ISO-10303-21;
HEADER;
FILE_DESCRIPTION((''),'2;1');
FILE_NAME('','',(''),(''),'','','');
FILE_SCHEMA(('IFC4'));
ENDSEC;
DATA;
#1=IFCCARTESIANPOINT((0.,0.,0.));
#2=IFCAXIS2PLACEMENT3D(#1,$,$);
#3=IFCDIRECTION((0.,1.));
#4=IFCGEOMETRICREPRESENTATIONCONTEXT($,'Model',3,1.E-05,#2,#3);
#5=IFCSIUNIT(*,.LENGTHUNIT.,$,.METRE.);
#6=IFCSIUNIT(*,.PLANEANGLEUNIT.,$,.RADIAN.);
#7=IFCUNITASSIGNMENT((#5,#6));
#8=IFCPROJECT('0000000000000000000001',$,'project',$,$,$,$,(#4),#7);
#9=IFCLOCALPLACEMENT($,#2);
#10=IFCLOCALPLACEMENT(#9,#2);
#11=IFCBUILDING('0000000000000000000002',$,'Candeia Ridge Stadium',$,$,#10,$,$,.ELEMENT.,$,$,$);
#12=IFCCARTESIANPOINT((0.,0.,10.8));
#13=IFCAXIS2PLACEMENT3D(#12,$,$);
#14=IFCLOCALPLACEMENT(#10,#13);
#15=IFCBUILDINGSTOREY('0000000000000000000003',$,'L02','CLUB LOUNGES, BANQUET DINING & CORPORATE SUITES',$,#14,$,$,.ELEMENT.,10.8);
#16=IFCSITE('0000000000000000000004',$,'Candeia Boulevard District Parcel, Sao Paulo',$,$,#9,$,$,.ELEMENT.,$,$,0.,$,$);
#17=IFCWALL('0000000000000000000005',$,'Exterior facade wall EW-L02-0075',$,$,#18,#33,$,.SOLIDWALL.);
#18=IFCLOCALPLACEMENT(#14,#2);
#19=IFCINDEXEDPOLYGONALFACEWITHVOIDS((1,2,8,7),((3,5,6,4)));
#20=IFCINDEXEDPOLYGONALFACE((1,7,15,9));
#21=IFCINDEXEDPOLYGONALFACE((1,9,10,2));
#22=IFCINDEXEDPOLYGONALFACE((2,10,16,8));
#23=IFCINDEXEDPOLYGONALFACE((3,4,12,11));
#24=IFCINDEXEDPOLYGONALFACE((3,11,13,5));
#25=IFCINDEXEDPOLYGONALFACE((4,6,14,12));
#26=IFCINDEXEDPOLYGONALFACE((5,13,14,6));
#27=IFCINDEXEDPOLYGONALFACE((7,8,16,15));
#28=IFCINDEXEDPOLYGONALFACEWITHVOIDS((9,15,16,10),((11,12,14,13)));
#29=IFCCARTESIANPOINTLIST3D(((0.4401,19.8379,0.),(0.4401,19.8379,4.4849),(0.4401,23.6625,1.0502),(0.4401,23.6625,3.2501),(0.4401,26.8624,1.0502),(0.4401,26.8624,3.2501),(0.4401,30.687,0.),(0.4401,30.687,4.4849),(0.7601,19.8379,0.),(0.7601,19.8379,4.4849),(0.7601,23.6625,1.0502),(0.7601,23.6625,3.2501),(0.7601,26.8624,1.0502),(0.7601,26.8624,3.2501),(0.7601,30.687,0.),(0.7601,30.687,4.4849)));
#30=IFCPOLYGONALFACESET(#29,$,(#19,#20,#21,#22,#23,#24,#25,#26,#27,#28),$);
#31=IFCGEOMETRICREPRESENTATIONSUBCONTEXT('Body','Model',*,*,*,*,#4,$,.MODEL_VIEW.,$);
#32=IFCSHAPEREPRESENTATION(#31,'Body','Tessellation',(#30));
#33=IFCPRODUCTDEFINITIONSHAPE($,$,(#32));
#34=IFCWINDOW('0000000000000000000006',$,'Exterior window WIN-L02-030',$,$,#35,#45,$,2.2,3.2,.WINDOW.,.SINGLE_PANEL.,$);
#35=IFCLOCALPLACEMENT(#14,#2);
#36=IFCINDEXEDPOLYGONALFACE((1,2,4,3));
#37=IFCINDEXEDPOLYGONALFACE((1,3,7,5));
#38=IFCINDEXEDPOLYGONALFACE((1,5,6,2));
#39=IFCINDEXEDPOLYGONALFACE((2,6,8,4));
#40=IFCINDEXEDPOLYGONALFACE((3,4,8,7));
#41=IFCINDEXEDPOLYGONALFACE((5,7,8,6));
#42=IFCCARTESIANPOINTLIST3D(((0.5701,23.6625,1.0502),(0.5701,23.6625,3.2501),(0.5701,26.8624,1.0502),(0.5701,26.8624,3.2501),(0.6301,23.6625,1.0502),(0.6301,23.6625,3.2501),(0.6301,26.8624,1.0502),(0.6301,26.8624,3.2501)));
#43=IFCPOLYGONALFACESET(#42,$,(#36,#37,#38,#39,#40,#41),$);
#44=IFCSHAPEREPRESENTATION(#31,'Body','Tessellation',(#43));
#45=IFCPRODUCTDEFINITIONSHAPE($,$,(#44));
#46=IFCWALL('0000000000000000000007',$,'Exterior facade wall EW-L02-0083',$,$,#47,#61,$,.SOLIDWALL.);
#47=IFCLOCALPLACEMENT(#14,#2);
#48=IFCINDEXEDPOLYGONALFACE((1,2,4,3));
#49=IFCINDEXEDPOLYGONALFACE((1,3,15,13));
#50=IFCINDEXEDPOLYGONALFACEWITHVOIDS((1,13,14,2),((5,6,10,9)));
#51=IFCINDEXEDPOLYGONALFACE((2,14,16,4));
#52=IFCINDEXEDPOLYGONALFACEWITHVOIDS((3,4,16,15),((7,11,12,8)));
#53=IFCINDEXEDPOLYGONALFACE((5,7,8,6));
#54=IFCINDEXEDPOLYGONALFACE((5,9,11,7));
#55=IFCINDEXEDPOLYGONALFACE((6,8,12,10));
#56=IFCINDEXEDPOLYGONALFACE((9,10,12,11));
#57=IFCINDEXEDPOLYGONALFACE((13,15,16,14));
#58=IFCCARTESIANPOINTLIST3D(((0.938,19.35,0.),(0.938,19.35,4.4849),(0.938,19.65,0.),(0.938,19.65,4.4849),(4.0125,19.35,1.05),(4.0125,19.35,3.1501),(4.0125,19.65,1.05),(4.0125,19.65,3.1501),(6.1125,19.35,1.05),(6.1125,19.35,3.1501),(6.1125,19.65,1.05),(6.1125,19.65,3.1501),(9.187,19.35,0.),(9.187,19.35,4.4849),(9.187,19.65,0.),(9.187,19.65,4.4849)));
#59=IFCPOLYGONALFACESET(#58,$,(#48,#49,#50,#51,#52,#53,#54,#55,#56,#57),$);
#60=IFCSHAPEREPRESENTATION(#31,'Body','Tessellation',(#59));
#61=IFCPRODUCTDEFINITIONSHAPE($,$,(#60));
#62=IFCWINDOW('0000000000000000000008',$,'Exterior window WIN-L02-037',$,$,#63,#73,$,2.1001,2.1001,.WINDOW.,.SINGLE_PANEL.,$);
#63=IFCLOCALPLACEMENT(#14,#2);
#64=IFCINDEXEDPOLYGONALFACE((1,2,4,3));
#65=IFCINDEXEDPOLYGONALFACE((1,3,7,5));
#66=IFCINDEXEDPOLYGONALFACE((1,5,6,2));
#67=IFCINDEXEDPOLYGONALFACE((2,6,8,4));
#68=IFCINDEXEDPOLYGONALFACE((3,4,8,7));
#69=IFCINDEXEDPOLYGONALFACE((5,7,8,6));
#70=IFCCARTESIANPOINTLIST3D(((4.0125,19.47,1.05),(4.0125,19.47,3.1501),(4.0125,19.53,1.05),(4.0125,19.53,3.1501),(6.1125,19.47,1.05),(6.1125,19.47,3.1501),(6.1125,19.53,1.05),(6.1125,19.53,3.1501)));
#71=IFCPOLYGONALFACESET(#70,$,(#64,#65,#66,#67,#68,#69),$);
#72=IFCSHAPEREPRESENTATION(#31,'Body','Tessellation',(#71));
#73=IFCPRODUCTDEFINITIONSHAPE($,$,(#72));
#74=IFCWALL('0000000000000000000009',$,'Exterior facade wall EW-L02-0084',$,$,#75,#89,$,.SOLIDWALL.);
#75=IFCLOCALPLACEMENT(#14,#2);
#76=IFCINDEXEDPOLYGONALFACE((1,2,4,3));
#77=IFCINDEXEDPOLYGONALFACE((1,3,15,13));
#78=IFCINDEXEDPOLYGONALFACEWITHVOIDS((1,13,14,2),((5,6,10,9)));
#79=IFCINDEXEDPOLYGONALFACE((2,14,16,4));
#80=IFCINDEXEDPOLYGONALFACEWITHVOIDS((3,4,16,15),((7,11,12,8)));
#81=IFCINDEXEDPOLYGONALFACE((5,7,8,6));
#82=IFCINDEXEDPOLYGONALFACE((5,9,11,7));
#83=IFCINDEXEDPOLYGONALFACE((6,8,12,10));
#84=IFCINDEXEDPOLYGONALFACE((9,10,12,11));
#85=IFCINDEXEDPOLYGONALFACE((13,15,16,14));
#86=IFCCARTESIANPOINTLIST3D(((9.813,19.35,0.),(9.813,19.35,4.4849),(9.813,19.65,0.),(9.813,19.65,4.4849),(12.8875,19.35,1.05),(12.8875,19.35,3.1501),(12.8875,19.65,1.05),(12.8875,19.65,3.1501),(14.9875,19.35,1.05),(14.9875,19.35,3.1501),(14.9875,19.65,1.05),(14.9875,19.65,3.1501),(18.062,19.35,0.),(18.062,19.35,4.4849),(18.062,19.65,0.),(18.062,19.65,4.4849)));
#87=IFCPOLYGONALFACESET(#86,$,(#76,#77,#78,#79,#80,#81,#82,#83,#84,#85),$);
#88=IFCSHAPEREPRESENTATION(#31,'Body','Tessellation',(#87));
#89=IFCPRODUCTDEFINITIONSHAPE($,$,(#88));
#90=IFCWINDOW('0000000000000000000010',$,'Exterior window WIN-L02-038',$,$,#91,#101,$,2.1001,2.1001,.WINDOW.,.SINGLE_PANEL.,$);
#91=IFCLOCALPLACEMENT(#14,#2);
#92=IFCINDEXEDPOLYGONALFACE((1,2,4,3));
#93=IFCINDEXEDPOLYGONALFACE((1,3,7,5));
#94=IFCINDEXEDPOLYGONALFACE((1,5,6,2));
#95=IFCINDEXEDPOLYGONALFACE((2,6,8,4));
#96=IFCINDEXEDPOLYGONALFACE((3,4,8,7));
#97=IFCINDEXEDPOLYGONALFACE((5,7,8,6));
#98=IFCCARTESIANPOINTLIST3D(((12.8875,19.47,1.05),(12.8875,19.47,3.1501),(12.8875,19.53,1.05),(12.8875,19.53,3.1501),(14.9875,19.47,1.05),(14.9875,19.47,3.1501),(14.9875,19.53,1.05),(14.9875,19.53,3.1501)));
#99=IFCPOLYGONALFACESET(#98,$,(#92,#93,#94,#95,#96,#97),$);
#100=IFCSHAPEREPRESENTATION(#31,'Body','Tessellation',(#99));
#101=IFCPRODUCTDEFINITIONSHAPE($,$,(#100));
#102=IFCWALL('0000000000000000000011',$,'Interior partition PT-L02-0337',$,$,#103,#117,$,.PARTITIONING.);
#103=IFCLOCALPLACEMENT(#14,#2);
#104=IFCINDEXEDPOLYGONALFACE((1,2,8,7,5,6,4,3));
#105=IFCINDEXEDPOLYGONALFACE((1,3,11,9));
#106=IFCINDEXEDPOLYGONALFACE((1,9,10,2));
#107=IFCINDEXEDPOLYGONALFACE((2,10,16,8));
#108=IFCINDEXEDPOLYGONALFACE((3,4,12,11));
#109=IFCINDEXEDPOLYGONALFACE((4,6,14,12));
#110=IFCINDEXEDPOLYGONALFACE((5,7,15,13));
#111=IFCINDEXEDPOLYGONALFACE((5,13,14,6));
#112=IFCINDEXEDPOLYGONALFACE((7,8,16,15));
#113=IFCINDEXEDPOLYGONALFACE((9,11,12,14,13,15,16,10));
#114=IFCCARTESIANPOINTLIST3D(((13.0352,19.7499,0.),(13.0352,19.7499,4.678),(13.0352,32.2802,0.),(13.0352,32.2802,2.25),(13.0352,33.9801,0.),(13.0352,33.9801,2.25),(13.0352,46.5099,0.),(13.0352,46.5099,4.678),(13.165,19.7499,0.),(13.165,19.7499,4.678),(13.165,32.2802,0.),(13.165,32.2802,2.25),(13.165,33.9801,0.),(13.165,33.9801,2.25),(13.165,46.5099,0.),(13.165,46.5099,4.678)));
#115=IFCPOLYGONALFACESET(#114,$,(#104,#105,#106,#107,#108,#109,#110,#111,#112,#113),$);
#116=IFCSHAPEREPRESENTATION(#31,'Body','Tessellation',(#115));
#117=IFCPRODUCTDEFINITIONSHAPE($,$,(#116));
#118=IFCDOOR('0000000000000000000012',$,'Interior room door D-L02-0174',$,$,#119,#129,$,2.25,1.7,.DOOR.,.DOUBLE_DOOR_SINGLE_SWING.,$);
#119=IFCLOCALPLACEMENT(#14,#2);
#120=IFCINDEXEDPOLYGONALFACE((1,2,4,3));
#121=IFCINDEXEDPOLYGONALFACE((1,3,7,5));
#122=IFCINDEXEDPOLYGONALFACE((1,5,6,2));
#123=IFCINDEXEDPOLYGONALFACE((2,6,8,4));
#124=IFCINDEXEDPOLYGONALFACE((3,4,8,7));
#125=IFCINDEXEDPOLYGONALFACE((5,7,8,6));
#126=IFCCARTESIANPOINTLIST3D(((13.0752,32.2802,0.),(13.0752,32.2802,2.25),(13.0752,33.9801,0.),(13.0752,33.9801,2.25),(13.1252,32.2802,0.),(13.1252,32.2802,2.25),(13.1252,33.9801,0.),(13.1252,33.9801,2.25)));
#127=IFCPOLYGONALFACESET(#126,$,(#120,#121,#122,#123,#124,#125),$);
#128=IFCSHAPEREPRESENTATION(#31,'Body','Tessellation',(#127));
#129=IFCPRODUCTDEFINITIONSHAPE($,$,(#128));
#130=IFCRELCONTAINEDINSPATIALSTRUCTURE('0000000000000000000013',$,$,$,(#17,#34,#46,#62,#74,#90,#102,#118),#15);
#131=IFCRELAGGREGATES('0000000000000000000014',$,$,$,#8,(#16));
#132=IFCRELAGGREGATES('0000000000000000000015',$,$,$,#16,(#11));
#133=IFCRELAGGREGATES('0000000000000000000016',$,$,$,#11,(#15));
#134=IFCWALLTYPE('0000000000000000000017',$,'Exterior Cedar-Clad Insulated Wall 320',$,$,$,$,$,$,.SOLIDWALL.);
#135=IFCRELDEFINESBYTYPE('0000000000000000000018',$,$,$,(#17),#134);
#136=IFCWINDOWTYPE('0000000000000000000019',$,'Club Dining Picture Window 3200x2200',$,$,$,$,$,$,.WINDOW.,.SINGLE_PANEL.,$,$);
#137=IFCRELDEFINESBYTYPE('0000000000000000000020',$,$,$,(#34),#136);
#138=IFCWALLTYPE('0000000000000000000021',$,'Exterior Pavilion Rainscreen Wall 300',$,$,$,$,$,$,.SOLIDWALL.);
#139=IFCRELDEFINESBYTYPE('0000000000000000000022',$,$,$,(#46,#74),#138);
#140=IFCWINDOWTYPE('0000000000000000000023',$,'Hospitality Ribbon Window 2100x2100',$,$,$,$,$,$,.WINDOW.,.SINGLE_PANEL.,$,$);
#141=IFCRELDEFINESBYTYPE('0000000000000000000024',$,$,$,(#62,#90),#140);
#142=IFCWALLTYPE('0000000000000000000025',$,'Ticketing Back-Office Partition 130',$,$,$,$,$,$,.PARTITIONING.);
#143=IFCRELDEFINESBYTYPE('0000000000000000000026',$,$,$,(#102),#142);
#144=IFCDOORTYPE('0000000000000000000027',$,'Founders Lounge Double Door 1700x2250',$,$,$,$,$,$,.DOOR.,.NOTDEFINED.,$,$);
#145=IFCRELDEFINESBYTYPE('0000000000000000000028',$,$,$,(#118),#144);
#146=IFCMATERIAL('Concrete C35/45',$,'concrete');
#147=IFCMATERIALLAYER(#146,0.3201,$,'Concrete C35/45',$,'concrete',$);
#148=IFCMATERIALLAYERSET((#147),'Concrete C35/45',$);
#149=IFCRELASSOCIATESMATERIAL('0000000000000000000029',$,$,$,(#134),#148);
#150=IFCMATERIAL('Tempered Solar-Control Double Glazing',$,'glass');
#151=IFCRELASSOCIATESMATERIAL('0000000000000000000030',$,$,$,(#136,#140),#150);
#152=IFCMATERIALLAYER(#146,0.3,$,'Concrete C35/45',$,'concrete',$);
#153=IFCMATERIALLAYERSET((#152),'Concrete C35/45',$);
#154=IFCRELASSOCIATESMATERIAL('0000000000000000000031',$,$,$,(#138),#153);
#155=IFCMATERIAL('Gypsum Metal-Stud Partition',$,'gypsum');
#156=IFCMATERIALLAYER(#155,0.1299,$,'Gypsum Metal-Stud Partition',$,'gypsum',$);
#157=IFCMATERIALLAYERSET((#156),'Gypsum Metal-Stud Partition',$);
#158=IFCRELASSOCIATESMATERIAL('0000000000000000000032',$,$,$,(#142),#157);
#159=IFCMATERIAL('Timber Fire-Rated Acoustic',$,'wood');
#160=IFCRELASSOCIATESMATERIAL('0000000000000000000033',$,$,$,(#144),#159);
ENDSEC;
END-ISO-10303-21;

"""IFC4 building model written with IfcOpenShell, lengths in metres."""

from ifc_helpers import new_model, si_unit, direction, frame, frame_2d, origin, place, context, subcontext, project, spatial, rectangle, extrude, material, layer, layer_set, type_object, element, fill, save


model = new_model("IFC4")

# Units and contexts
model_context = context("Model", 3, precision=1e-05, world=origin(), true_north=direction((0.0, 1.0)))
body_context = subcontext(model_context, "Body", "Model", "MODEL_VIEW")
ifc_project = project(units=[si_unit("LENGTHUNIT", "METRE"), si_unit("PLANEANGLEUNIT", "RADIAN")], contexts=[model_context])

# Site, building, storey
site_placement = place(None, origin())
site = spatial("IfcSite", under=ifc_project, at=site_placement, Name="Candeia Boulevard District Parcel, Sao Paulo", CompositionType="ELEMENT", RefElevation=0.0)
building_placement = place(site_placement, origin())
building = spatial("IfcBuilding", under=site, at=building_placement, Name="Candeia Ridge Stadium", CompositionType="ELEMENT")
storey_placement = place(building_placement, frame((0.0, 0.0, 10.8)))
storey = spatial("IfcBuildingStorey", under=building, at=storey_placement, Name="L02", Description="CLUB LOUNGES, BANQUET DINING & CORPORATE SUITES", CompositionType="ELEMENT", Elevation=10.8)

# Walls, openings, windows
ifc_material_1 = material(Name="Concrete C35/45", Category="concrete")
ifc_layer_1 = layer(ifc_material_1, 0.3201, Name="Concrete C35/45", Category="concrete")
ifc_layer_set_1 = layer_set([ifc_layer_1], Name="Concrete C35/45")
wall_type_1 = type_object("IfcWallType", Name="Exterior Cedar-Clad Insulated Wall 320", PredefinedType="SOLIDWALL", material=ifc_layer_set_1)
wall_1_placement = place(storey_placement, frame((0.6001, 19.8379, 0.0), z_axis=(0.0, 0.0, 1.0), x_axis=(0.0, 1.0, 0.0)))
wall_1 = element("IfcWall", 1, at=wall_1_placement, inside=storey, type_object=wall_type_1, Name="Exterior facade wall EW-L02-0075", PredefinedType="SOLIDWALL", context=body_context, shape_type="SweptSolid", body=[
    extrude(rectangle(XDim=10.8491, YDim=0.3201, at=frame_2d((5.4246, 0.0))), origin(), (0.0, 0.0, 1.0), 4.4849),
])
opening_1_placement = place(wall_1_placement, frame((3.8245, 0.0, 1.05)))
opening_1 = element("IfcOpeningElement", 2, at=opening_1_placement, cuts=wall_1, PredefinedType="OPENING", context=body_context, shape_type="SweptSolid", body=[
    extrude(rectangle(XDim=3.2, YDim=2.2, at=frame_2d((1.6001, 1.1001))), frame((0.0, 0.1699, 0.0), z_axis=(0.0, -1.0, 0.0), x_axis=(1.0, 0.0, 0.0)), (0.0, 0.0, 1.0), 0.3401),
])
ifc_material_2 = material(Name="Tempered Solar-Control Double Glazing", Category="glass")
window_type_1 = type_object("IfcWindowType", Name="Club Dining Picture Window 3200x2200", PartitioningType="SINGLE_PANEL", PredefinedType="WINDOW", material=ifc_material_2)
window_1_placement = place(opening_1_placement, origin())
window_1 = element("IfcWindow", 3, at=window_1_placement, inside=storey, type_object=window_type_1, Name="Exterior window WIN-L02-030", OverallHeight=2.2, OverallWidth=3.2, PartitioningType="SINGLE_PANEL", PredefinedType="WINDOW", context=body_context, shape_type="SweptSolid", body=[
    extrude(rectangle(XDim=3.2, YDim=2.2, at=frame_2d((1.6001, 1.1001))), frame((0.0, 0.03, 0.0), z_axis=(0.0, -1.0, 0.0), x_axis=(1.0, 0.0, 0.0)), (0.0, 0.0, 1.0), 0.0601),
])
fill(opening_1, window_1)
ifc_layer_2 = layer(ifc_material_1, 0.3, Name="Concrete C35/45", Category="concrete")
ifc_layer_set_2 = layer_set([ifc_layer_2], Name="Concrete C35/45")
wall_type_2 = type_object("IfcWallType", Name="Exterior Pavilion Rainscreen Wall 300", PredefinedType="SOLIDWALL", material=ifc_layer_set_2)
wall_2_placement = place(storey_placement, frame((0.938, 19.5, 0.0), z_axis=(0.0, 0.0, 1.0), x_axis=(1.0, 0.0, 0.0)))
wall_2 = element("IfcWall", 4, at=wall_2_placement, inside=storey, type_object=wall_type_2, Name="Exterior facade wall EW-L02-0083", PredefinedType="SOLIDWALL", context=body_context, shape_type="SweptSolid", body=[
    extrude(rectangle(XDim=8.249, YDim=0.3, at=frame_2d((4.1245, 0.0))), origin(), (0.0, 0.0, 1.0), 4.4849),
])
opening_2_placement = place(wall_2_placement, frame((3.0745, 0.0, 1.05)))
opening_2 = element("IfcOpeningElement", 5, at=opening_2_placement, cuts=wall_2, PredefinedType="OPENING", context=body_context, shape_type="SweptSolid", body=[
    extrude(rectangle(XDim=2.1001, YDim=2.1001, at=frame_2d((1.05, 1.05))), frame((0.0, 0.1599, 0.0), z_axis=(0.0, -1.0, 0.0), x_axis=(1.0, 0.0, 0.0)), (0.0, 0.0, 1.0), 0.3201),
])
window_type_2 = type_object("IfcWindowType", Name="Hospitality Ribbon Window 2100x2100", PartitioningType="SINGLE_PANEL", PredefinedType="WINDOW", material=ifc_material_2)
window_2_placement = place(opening_2_placement, origin())
window_2 = element("IfcWindow", 6, at=window_2_placement, inside=storey, type_object=window_type_2, Name="Exterior window WIN-L02-037", OverallHeight=2.1001, OverallWidth=2.1001, PartitioningType="SINGLE_PANEL", PredefinedType="WINDOW", context=body_context, shape_type="SweptSolid", body=[
    extrude(rectangle(XDim=2.1001, YDim=2.1001, at=frame_2d((1.05, 1.05))), frame((0.0, 0.03, 0.0), z_axis=(0.0, -1.0, 0.0), x_axis=(1.0, 0.0, 0.0)), (0.0, 0.0, 1.0), 0.0601),
])
fill(opening_2, window_2)
wall_3_placement = place(storey_placement, frame((9.813, 19.5, 0.0), z_axis=(0.0, 0.0, 1.0), x_axis=(1.0, 0.0, 0.0)))
wall_3 = element("IfcWall", 7, at=wall_3_placement, inside=storey, type_object=wall_type_2, Name="Exterior facade wall EW-L02-0084", PredefinedType="SOLIDWALL", context=body_context, shape_type="SweptSolid", body=[
    extrude(rectangle(XDim=8.249, YDim=0.3, at=frame_2d((4.1245, 0.0))), origin(), (0.0, 0.0, 1.0), 4.4849),
])
opening_3_placement = place(wall_3_placement, frame((3.0745, 0.0, 1.05)))
opening_3 = element("IfcOpeningElement", 8, at=opening_3_placement, cuts=wall_3, PredefinedType="OPENING", context=body_context, shape_type="SweptSolid", body=[
    extrude(rectangle(XDim=2.1001, YDim=2.1001, at=frame_2d((1.05, 1.05))), frame((0.0, 0.1599, 0.0), z_axis=(0.0, -1.0, 0.0), x_axis=(1.0, 0.0, 0.0)), (0.0, 0.0, 1.0), 0.3201),
])
window_3_placement = place(opening_3_placement, origin())
window_3 = element("IfcWindow", 9, at=window_3_placement, inside=storey, type_object=window_type_2, Name="Exterior window WIN-L02-038", OverallHeight=2.1001, OverallWidth=2.1001, PartitioningType="SINGLE_PANEL", PredefinedType="WINDOW", context=body_context, shape_type="SweptSolid", body=[
    extrude(rectangle(XDim=2.1001, YDim=2.1001, at=frame_2d((1.05, 1.05))), frame((0.0, 0.03, 0.0), z_axis=(0.0, -1.0, 0.0), x_axis=(1.0, 0.0, 0.0)), (0.0, 0.0, 1.0), 0.0601),
])
fill(opening_3, window_3)

# Wall, opening, door
ifc_material_3 = material(Name="Gypsum Metal-Stud Partition", Category="gypsum")
ifc_layer_3 = layer(ifc_material_3, 0.1299, Name="Gypsum Metal-Stud Partition", Category="gypsum")
ifc_layer_set_3 = layer_set([ifc_layer_3], Name="Gypsum Metal-Stud Partition")
wall_type_3 = type_object("IfcWallType", Name="Ticketing Back-Office Partition 130", PredefinedType="PARTITIONING", material=ifc_layer_set_3)
wall_4_placement = place(storey_placement, frame((13.1001, 19.75, 0.0), z_axis=(0.0, 0.0, 1.0), x_axis=(0.0, 1.0, 0.0)))
wall_4 = element("IfcWall", 10, at=wall_4_placement, inside=storey, type_object=wall_type_3, Name="Interior partition PT-L02-0337", PredefinedType="PARTITIONING", context=body_context, shape_type="SweptSolid", body=[
    extrude(rectangle(XDim=26.76, YDim=0.1299, at=frame_2d((13.3799, 0.0))), origin(), (0.0, 0.0, 1.0), 4.678),
])
opening_4_placement = place(wall_4_placement, frame((12.53, 0.0, 0.0)))
opening_4 = element("IfcOpeningElement", 11, at=opening_4_placement, cuts=wall_4, PredefinedType="OPENING", context=body_context, shape_type="SweptSolid", body=[
    extrude(rectangle(XDim=1.7, YDim=2.25, at=frame_2d((0.8501, 1.125))), frame((0.0, 0.075, 0.0), z_axis=(0.0, -1.0, 0.0), x_axis=(1.0, 0.0, 0.0)), (0.0, 0.0, 1.0), 0.1499),
])
ifc_material_4 = material(Name="Timber Fire-Rated Acoustic", Category="wood")
door_type = type_object("IfcDoorType", Name="Founders Lounge Double Door 1700x2250", OperationType="NOTDEFINED", PredefinedType="DOOR", material=ifc_material_4)
door_placement = place(opening_4_placement, origin())
door = element("IfcDoor", 12, at=door_placement, inside=storey, type_object=door_type, Name="Interior room door D-L02-0174", OperationType="DOUBLE_DOOR_SINGLE_SWING", OverallHeight=2.25, OverallWidth=1.7, PredefinedType="DOOR", context=body_context, shape_type="SweptSolid", body=[
    extrude(rectangle(XDim=1.7, YDim=2.25, at=frame_2d((0.8501, 1.125))), frame((0.0, 0.0249, 0.0), z_axis=(0.0, -1.0, 0.0), x_axis=(1.0, 0.0, 0.0)), (0.0, 0.0, 1.0), 0.05),
])
fill(opening_4, door)

save(model, "model.ifc")
